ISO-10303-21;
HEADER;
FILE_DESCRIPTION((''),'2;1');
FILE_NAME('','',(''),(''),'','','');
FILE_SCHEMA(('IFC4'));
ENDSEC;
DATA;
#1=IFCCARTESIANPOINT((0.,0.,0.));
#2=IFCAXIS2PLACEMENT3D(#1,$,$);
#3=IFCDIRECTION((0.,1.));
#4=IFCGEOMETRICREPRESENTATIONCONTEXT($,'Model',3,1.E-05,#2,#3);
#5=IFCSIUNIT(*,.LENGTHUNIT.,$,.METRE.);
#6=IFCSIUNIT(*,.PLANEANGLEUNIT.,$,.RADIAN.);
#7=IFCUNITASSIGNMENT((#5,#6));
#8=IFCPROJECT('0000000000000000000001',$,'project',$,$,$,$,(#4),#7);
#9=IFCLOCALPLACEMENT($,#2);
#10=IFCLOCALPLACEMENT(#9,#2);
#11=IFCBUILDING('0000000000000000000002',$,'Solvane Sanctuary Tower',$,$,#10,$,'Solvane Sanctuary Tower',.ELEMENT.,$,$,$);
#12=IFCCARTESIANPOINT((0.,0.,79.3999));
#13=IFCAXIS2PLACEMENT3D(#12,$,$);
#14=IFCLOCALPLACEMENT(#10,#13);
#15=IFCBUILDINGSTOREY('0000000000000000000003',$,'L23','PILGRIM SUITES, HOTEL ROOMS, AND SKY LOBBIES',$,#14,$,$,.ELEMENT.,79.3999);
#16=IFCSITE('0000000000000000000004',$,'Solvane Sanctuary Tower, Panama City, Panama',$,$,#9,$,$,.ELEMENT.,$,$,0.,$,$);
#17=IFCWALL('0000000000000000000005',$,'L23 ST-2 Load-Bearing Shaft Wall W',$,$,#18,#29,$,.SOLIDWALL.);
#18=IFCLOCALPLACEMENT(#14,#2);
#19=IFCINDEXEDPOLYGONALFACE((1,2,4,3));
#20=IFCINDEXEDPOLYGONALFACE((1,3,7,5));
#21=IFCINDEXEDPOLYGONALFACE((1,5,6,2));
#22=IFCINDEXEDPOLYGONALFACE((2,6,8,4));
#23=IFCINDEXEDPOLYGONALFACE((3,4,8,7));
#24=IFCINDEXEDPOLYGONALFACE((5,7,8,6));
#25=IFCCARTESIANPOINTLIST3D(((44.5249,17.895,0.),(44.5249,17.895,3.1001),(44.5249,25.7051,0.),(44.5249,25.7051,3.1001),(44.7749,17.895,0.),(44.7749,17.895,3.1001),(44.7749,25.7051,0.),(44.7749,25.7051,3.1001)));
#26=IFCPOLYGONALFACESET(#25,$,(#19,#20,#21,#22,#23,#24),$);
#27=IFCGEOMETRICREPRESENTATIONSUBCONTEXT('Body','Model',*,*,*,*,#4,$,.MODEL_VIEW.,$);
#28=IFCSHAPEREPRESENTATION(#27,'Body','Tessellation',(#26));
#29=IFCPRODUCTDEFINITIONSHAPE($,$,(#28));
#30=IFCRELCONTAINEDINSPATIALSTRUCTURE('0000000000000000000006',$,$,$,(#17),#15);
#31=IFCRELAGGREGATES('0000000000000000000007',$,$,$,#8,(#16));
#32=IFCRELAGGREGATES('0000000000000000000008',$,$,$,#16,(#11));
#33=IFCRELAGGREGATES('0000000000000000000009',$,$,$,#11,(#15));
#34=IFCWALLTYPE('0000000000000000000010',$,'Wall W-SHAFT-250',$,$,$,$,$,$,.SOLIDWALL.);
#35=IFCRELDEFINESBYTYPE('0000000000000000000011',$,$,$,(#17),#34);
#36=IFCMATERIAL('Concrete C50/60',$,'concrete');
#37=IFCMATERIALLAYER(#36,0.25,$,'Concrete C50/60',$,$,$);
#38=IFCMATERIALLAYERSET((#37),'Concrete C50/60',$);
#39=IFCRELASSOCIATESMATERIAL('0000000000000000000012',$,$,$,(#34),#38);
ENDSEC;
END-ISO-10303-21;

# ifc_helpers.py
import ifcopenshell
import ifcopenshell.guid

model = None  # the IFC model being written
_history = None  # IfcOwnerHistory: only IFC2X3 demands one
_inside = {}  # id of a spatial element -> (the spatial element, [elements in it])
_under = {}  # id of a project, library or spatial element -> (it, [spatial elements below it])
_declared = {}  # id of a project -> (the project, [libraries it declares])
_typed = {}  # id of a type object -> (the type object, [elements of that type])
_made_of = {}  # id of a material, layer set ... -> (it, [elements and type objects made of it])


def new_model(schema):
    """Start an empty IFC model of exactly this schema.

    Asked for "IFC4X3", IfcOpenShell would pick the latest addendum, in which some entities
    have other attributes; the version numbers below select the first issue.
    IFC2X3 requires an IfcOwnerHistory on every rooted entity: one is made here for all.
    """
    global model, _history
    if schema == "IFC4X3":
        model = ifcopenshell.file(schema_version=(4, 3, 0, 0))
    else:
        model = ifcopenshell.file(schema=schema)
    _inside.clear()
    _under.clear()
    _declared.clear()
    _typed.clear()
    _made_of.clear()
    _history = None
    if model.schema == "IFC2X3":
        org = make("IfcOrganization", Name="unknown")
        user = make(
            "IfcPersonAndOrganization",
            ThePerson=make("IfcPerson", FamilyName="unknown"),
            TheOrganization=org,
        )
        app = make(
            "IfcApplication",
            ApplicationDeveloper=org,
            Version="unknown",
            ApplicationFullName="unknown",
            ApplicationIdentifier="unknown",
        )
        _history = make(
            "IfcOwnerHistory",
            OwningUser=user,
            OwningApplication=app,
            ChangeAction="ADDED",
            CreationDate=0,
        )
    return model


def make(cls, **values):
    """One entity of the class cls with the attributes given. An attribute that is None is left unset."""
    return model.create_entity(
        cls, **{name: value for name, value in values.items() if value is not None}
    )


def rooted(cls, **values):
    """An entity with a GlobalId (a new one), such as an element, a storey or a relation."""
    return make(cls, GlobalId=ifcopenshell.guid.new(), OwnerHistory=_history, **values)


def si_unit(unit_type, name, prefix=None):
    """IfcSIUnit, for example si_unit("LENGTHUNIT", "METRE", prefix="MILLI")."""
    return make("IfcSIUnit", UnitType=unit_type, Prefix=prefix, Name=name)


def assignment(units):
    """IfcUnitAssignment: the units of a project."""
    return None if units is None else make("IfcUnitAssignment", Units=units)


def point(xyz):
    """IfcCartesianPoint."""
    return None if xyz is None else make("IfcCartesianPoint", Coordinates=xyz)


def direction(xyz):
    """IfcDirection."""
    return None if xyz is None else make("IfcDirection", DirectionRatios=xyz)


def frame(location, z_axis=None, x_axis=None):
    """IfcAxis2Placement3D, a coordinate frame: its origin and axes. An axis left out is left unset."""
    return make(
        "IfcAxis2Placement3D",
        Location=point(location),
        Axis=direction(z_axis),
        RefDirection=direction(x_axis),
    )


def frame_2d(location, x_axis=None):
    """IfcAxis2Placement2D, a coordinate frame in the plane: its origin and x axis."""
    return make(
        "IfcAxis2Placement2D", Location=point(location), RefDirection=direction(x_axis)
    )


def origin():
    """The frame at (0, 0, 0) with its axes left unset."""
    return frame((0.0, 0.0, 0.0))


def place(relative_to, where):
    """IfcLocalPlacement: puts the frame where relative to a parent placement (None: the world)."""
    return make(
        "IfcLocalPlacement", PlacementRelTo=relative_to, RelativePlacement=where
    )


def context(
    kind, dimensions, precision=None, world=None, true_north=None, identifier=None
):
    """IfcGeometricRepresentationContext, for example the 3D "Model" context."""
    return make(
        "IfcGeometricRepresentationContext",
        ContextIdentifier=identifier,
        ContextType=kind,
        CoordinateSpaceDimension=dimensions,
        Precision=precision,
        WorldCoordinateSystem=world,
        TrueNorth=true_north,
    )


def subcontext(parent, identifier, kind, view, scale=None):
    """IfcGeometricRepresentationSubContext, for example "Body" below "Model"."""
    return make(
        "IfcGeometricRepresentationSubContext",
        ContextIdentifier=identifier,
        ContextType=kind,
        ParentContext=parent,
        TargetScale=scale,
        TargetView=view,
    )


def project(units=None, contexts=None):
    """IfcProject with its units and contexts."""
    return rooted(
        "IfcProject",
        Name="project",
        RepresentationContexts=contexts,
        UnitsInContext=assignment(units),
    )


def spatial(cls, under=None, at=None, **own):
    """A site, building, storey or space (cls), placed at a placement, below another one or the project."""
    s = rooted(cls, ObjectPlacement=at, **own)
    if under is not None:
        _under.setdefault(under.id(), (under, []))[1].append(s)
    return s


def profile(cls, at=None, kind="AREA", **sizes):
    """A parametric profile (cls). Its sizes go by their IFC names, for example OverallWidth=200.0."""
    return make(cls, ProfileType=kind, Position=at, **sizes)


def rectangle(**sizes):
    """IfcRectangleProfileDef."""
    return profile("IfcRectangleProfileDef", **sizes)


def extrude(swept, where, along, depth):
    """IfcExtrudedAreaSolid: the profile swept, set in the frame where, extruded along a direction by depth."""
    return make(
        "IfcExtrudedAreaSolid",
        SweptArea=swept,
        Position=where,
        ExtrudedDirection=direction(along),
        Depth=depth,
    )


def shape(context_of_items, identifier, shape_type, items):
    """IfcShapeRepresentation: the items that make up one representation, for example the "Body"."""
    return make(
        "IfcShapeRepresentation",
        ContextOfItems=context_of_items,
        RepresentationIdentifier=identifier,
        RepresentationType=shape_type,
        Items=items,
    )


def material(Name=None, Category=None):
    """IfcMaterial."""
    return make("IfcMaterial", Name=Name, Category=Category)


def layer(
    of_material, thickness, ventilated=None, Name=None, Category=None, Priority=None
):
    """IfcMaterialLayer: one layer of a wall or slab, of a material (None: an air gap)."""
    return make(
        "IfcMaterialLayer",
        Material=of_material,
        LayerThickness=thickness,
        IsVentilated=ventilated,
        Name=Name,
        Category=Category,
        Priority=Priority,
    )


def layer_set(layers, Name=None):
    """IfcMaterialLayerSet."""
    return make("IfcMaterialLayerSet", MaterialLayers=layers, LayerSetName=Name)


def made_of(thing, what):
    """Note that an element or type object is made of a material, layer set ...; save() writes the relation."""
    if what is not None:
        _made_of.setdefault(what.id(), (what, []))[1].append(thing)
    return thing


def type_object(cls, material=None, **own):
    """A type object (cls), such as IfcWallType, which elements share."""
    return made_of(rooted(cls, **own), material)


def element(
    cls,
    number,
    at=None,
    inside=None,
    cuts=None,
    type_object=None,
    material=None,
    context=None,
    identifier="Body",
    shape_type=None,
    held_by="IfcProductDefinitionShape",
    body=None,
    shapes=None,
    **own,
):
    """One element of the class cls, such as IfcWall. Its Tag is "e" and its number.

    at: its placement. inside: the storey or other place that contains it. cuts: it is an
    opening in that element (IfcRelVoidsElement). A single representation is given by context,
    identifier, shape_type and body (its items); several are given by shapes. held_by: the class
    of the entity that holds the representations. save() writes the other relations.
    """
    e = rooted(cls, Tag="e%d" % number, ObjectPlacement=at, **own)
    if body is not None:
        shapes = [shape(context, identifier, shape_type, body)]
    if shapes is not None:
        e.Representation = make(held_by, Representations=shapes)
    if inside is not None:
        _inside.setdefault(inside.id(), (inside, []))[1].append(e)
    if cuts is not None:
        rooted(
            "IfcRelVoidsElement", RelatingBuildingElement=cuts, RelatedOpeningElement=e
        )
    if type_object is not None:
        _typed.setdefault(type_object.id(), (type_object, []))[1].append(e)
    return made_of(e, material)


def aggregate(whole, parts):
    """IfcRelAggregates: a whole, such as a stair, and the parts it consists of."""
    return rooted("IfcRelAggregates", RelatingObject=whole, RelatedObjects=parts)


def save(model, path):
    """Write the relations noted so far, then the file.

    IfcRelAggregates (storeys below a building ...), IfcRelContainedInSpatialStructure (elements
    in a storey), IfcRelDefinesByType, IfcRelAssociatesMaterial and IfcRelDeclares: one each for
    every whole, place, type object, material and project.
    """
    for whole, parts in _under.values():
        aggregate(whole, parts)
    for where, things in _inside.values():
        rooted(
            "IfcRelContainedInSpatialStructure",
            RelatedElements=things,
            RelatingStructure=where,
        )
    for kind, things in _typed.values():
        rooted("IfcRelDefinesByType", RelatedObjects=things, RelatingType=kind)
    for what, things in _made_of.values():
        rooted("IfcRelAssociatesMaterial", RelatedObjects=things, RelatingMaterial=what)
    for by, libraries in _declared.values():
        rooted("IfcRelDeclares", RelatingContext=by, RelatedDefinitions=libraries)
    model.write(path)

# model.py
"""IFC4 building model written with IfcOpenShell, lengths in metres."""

from ifc_helpers import new_model, si_unit, direction, frame, frame_2d, origin, place, context, subcontext, project, spatial, rectangle, extrude, material, layer, layer_set, type_object, element, save


model = new_model("IFC4")

# Units and contexts
model_context = context("Model", 3, precision=1e-05, world=origin(), true_north=direction((0.0, 1.0)))
body_context = subcontext(model_context, "Body", "Model", "MODEL_VIEW")
ifc_project = project(units=[si_unit("LENGTHUNIT", "METRE"), si_unit("PLANEANGLEUNIT", "RADIAN")], contexts=[model_context])

# Site, building, storey
site_placement = place(None, origin())
site = spatial("IfcSite", under=ifc_project, at=site_placement, Name="Solvane Sanctuary Tower, Panama City, Panama", CompositionType="ELEMENT", RefElevation=0.0)
building_placement = place(site_placement, origin())
building = spatial("IfcBuilding", under=site, at=building_placement, Name="Solvane Sanctuary Tower", LongName="Solvane Sanctuary Tower", CompositionType="ELEMENT")
storey_placement = place(building_placement, frame((0.0, 0.0, 79.3999)))
storey = spatial("IfcBuildingStorey", under=building, at=storey_placement, Name="L23", Description="PILGRIM SUITES, HOTEL ROOMS, AND SKY LOBBIES", CompositionType="ELEMENT", Elevation=79.3999)

# Shared definitions
ifc_material_1 = material(Name="Concrete C50/60", Category="concrete")

# Shared definitions
ifc_layer_1 = layer(ifc_material_1, 0.25, Name="Concrete C50/60")
ifc_layer_set_1 = layer_set([ifc_layer_1], Name="Concrete C50/60")
wall_type_1 = type_object("IfcWallType", Name="Wall W-SHAFT-250", PredefinedType="SOLIDWALL", material=ifc_layer_set_1)

# Wall
wall_1_placement = place(storey_placement, frame((44.6499, 17.895, 0.0), z_axis=(0.0, 0.0, 1.0), x_axis=(0.0, 1.0, 0.0)))
element("IfcWall", 1, at=wall_1_placement, inside=storey, type_object=wall_type_1, Name="L23 ST-2 Load-Bearing Shaft Wall W", PredefinedType="SOLIDWALL", context=body_context, shape_type="SweptSolid", body=[
    extrude(rectangle(XDim=7.8101, YDim=0.25, at=frame_2d((3.905, 0.0))), origin(), (0.0, 0.0, 1.0), 3.1001),
])

save(model, "model.ifc")
